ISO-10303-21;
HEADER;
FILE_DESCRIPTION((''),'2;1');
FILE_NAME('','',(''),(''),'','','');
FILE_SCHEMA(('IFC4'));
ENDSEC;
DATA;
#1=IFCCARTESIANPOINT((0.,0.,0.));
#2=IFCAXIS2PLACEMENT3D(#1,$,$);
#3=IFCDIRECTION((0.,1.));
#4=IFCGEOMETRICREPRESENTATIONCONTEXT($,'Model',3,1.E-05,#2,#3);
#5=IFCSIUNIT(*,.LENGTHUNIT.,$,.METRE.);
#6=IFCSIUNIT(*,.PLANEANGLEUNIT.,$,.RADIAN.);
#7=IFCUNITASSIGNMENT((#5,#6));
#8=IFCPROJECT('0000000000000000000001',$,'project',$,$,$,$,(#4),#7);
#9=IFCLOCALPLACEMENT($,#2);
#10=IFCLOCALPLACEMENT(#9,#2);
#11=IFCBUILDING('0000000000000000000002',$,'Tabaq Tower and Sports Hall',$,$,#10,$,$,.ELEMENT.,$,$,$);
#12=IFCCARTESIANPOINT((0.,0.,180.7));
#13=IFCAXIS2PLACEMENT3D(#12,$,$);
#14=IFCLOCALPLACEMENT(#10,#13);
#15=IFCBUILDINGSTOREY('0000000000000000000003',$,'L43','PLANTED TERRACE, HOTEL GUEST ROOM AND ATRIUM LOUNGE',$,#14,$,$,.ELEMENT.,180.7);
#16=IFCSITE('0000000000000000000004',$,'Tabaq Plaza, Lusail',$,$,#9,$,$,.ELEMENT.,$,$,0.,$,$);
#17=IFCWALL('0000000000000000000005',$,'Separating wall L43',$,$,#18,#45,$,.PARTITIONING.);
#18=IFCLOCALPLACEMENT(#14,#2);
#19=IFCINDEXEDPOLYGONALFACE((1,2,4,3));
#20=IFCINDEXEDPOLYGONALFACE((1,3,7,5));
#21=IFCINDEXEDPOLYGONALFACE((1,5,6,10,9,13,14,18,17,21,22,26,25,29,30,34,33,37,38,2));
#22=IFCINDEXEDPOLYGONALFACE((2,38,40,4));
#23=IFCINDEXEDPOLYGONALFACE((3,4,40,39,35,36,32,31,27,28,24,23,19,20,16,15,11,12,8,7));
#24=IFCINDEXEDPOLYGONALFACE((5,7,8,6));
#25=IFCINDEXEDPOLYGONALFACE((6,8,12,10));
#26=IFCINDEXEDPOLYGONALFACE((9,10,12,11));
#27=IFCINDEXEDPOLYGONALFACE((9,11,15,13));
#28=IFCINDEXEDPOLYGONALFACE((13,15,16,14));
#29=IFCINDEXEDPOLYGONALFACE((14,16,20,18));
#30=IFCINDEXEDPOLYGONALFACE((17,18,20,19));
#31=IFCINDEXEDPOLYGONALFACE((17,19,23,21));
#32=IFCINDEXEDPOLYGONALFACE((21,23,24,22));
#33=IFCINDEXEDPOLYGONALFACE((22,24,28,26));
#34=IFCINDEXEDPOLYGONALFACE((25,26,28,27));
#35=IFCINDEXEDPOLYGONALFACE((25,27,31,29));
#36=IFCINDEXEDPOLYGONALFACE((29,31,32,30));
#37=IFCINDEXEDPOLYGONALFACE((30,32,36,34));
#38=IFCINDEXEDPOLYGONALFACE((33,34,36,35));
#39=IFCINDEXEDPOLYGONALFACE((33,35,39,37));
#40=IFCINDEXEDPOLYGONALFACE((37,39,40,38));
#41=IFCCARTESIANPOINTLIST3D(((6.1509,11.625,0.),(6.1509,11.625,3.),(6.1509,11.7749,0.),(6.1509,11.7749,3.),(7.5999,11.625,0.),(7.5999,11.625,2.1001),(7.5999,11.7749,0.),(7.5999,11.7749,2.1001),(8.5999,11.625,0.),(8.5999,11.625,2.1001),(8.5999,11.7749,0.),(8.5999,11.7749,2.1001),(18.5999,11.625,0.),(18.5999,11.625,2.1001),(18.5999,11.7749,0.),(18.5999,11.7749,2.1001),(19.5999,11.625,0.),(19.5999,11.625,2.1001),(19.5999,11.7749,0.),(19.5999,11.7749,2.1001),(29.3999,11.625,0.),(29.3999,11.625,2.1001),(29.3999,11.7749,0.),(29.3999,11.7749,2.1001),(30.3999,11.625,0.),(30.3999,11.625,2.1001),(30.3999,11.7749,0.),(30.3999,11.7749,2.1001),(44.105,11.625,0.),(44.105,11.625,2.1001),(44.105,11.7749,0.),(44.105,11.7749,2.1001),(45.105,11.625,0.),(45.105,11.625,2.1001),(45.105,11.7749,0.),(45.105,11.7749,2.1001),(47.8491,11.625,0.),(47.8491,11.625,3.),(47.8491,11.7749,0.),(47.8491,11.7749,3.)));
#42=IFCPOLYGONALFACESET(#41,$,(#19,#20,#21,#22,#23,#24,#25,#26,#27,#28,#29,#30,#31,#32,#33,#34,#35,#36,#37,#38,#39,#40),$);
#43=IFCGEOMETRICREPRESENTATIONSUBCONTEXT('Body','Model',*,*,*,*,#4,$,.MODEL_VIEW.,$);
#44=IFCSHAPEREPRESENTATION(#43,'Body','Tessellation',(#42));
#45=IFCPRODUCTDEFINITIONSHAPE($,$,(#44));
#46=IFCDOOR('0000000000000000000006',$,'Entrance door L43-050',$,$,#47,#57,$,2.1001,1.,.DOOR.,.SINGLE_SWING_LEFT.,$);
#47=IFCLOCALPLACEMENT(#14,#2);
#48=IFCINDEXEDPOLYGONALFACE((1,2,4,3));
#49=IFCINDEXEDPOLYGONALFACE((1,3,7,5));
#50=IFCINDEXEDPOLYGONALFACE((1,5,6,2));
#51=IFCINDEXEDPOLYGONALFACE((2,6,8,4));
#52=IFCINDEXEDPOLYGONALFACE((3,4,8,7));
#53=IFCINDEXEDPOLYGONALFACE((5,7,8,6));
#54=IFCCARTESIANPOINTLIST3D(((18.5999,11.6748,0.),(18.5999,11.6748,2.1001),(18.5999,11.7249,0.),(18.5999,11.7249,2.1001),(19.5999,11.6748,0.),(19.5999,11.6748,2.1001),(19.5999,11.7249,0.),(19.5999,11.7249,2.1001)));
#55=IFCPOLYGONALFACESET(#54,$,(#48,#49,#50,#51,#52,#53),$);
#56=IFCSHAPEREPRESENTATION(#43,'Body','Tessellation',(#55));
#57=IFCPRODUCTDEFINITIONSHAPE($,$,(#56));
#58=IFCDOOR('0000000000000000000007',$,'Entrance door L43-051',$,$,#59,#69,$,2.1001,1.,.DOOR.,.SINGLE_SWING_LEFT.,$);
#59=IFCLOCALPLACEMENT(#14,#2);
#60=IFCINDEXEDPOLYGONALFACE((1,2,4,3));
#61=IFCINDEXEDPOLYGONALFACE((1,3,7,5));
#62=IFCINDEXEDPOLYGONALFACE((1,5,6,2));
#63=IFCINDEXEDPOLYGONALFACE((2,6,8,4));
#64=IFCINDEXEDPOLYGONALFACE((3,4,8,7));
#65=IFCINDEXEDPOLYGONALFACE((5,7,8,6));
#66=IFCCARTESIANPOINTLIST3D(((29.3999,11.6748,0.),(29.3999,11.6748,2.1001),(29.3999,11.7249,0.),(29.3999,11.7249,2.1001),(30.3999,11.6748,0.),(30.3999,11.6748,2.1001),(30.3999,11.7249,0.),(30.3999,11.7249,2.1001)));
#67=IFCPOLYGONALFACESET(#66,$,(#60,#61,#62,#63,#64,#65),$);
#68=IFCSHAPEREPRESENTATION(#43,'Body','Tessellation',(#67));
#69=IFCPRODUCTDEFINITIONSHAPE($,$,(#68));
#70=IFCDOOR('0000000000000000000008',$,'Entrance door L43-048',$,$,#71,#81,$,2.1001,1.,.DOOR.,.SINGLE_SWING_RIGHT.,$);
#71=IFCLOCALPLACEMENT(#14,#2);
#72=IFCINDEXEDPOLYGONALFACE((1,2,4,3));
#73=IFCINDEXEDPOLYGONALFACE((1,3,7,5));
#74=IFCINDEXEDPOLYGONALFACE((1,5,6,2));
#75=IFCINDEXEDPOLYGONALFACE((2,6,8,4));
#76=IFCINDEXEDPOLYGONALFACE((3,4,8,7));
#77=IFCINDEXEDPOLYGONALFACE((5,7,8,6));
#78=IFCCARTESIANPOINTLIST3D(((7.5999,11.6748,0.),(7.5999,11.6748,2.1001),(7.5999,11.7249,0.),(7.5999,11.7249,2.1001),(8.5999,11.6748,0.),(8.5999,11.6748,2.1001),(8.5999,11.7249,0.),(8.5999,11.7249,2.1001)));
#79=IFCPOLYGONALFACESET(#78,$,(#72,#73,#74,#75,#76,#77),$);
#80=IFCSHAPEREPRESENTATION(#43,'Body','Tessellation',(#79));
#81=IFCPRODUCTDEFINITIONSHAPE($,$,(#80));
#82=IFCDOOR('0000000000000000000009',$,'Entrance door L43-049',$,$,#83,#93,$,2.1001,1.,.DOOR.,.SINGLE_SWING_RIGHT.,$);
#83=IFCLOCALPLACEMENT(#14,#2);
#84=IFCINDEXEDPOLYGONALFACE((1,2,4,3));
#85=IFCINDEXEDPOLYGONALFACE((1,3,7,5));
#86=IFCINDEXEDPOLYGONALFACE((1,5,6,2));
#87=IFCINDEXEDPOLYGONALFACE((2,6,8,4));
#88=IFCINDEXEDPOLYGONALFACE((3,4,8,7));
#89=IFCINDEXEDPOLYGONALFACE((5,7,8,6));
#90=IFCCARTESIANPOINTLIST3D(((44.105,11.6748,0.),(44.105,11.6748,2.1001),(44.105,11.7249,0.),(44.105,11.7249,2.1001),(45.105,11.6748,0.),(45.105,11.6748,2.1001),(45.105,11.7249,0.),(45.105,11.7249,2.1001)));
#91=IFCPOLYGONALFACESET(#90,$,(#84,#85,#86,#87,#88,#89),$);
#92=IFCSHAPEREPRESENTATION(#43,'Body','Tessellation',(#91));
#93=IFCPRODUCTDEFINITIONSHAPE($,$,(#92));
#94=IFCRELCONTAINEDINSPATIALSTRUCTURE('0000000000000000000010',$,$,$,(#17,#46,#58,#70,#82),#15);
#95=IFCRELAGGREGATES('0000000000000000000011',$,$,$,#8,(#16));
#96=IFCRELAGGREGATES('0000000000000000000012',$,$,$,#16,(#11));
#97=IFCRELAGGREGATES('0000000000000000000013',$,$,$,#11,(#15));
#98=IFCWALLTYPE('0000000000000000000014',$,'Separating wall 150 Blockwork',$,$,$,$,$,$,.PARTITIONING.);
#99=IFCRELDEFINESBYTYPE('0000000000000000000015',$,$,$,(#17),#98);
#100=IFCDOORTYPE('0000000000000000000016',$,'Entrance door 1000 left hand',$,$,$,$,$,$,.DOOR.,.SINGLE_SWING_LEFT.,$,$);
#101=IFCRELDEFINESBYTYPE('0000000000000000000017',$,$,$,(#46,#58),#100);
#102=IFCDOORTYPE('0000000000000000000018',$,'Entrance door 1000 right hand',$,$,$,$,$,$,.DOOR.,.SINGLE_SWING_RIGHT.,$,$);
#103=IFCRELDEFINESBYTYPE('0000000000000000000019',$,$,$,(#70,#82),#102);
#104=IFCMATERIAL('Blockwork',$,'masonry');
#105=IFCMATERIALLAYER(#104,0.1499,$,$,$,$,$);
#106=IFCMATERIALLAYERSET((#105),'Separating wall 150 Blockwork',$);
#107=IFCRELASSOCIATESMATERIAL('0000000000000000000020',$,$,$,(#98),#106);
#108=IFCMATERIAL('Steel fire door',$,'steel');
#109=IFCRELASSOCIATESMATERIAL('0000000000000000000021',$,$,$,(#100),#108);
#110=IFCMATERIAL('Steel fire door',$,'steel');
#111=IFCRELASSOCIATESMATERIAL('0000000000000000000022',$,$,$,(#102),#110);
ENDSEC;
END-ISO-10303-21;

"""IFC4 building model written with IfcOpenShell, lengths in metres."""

from ifc_helpers import new_model, si_unit, direction, frame, frame_2d, origin, place, context, subcontext, project, spatial, rectangle, extrude, material, layer, layer_set, type_object, element, fill, save


model = new_model("IFC4")

# Units and contexts
model_context = context("Model", 3, precision=1e-05, world=origin(), true_north=direction((0.0, 1.0)))
body_context = subcontext(model_context, "Body", "Model", "MODEL_VIEW")
ifc_project = project(units=[si_unit("LENGTHUNIT", "METRE"), si_unit("PLANEANGLEUNIT", "RADIAN")], contexts=[model_context])

# Site, building, storey
site_placement = place(None, origin())
site = spatial("IfcSite", under=ifc_project, at=site_placement, Name="Tabaq Plaza, Lusail", CompositionType="ELEMENT", RefElevation=0.0)
building_placement = place(site_placement, origin())
building = spatial("IfcBuilding", under=site, at=building_placement, Name="Tabaq Tower and Sports Hall", CompositionType="ELEMENT")
storey_placement = place(building_placement, frame((0.0, 0.0, 180.7)))
storey = spatial("IfcBuildingStorey", under=building, at=storey_placement, Name="L43", Description="PLANTED TERRACE, HOTEL GUEST ROOM AND ATRIUM LOUNGE", CompositionType="ELEMENT", Elevation=180.7)

# Wall, openings, doors
ifc_material_1 = material(Name="Blockwork", Category="masonry")
ifc_layer_1 = layer(ifc_material_1, 0.1499)
ifc_layer_set_1 = layer_set([ifc_layer_1], Name="Separating wall 150 Blockwork")
wall_type_1 = type_object("IfcWallType", Name="Separating wall 150 Blockwork", PredefinedType="PARTITIONING", material=ifc_layer_set_1)
wall_1_placement = place(storey_placement, frame((6.1509, 11.7, 0.0), z_axis=(0.0, 0.0, 1.0), x_axis=(1.0, 0.0, 0.0)))
wall_1 = element("IfcWall", 1, at=wall_1_placement, inside=storey, type_object=wall_type_1, Name="Separating wall L43", PredefinedType="PARTITIONING", context=body_context, shape_type="SweptSolid", body=[
    extrude(rectangle(XDim=41.6982, YDim=0.1499, at=frame_2d((20.8491, 0.0))), origin(), (0.0, 0.0, 1.0), 3.0),
])
opening_1_placement = place(wall_1_placement, frame((1.449, 0.0, 0.0)))
opening_1 = element("IfcOpeningElement", 2, at=opening_1_placement, cuts=wall_1, PredefinedType="OPENING", context=body_context, shape_type="SweptSolid", body=[
    extrude(rectangle(XDim=1.0, YDim=2.1001, at=frame_2d((0.5, 1.05))), frame((0.0, 0.075, 0.0), z_axis=(0.0, -1.0, 0.0), x_axis=(1.0, 0.0, 0.0)), (0.0, 0.0, 1.0), 0.1499),
])
opening_2_placement = place(wall_1_placement, frame((37.9541, 0.0, 0.0)))
opening_2 = element("IfcOpeningElement", 3, at=opening_2_placement, cuts=wall_1, PredefinedType="OPENING", context=body_context, shape_type="SweptSolid", body=[
    extrude(rectangle(XDim=1.0, YDim=2.1001, at=frame_2d((0.5, 1.05))), frame((0.0, 0.075, 0.0), z_axis=(0.0, -1.0, 0.0), x_axis=(1.0, 0.0, 0.0)), (0.0, 0.0, 1.0), 0.1499),
])
opening_3_placement = place(wall_1_placement, frame((12.449, 0.0, 0.0)))
opening_3 = element("IfcOpeningElement", 4, at=opening_3_placement, cuts=wall_1, PredefinedType="OPENING", context=body_context, shape_type="SweptSolid", body=[
    extrude(rectangle(XDim=1.0, YDim=2.1001, at=frame_2d((0.5, 1.05))), frame((0.0, 0.075, 0.0), z_axis=(0.0, -1.0, 0.0), x_axis=(1.0, 0.0, 0.0)), (0.0, 0.0, 1.0), 0.1499),
])
opening_4_placement = place(wall_1_placement, frame((23.249, 0.0, 0.0)))
opening_4 = element("IfcOpeningElement", 5, at=opening_4_placement, cuts=wall_1, PredefinedType="OPENING", context=body_context, shape_type="SweptSolid", body=[
    extrude(rectangle(XDim=1.0, YDim=2.1001, at=frame_2d((0.5, 1.05))), frame((0.0, 0.075, 0.0), z_axis=(0.0, -1.0, 0.0), x_axis=(1.0, 0.0, 0.0)), (0.0, 0.0, 1.0), 0.1499),
])
ifc_material_2 = material(Name="Steel fire door", Category="steel")
door_type_1 = type_object("IfcDoorType", Name="Entrance door 1000 left hand", OperationType="SINGLE_SWING_LEFT", PredefinedType="DOOR", material=ifc_material_2)
door_1_placement = place(opening_3_placement, origin())
door_1 = element("IfcDoor", 6, at=door_1_placement, inside=storey, type_object=door_type_1, Name="Entrance door L43-050", OperationType="SINGLE_SWING_LEFT", OverallHeight=2.1001, OverallWidth=1.0, PredefinedType="DOOR", context=body_context, shape_type="SweptSolid", body=[
    extrude(rectangle(XDim=1.0, YDim=2.1001, at=frame_2d((0.5, 1.05))), frame((0.0, 0.0249, 0.0), z_axis=(0.0, -1.0, 0.0), x_axis=(1.0, 0.0, 0.0)), (0.0, 0.0, 1.0), 0.05),
])
fill(opening_3, door_1)
door_2_placement = place(opening_4_placement, origin())
door_2 = element("IfcDoor", 7, at=door_2_placement, inside=storey, type_object=door_type_1, Name="Entrance door L43-051", OperationType="SINGLE_SWING_LEFT", OverallHeight=2.1001, OverallWidth=1.0, PredefinedType="DOOR", context=body_context, shape_type="SweptSolid", body=[
    extrude(rectangle(XDim=1.0, YDim=2.1001, at=frame_2d((0.5, 1.05))), frame((0.0, 0.0249, 0.0), z_axis=(0.0, -1.0, 0.0), x_axis=(1.0, 0.0, 0.0)), (0.0, 0.0, 1.0), 0.05),
])
fill(opening_4, door_2)
ifc_material_3 = material(Name="Steel fire door", Category="steel")
door_type_2 = type_object("IfcDoorType", Name="Entrance door 1000 right hand", OperationType="SINGLE_SWING_RIGHT", PredefinedType="DOOR", material=ifc_material_3)
door_3_placement = place(opening_1_placement, origin())
door_3 = element("IfcDoor", 8, at=door_3_placement, inside=storey, type_object=door_type_2, Name="Entrance door L43-048", OperationType="SINGLE_SWING_RIGHT", OverallHeight=2.1001, OverallWidth=1.0, PredefinedType="DOOR", context=body_context, shape_type="SweptSolid", body=[
    extrude(rectangle(XDim=1.0, YDim=2.1001, at=frame_2d((0.5, 1.05))), frame((0.0, 0.0249, 0.0), z_axis=(0.0, -1.0, 0.0), x_axis=(1.0, 0.0, 0.0)), (0.0, 0.0, 1.0), 0.05),
])
fill(opening_1, door_3)
door_4_placement = place(opening_2_placement, origin())
door_4 = element("IfcDoor", 9, at=door_4_placement, inside=storey, type_object=door_type_2, Name="Entrance door L43-049", OperationType="SINGLE_SWING_RIGHT", OverallHeight=2.1001, OverallWidth=1.0, PredefinedType="DOOR", context=body_context, shape_type="SweptSolid", body=[
    extrude(rectangle(XDim=1.0, YDim=2.1001, at=frame_2d((0.5, 1.05))), frame((0.0, 0.0249, 0.0), z_axis=(0.0, -1.0, 0.0), x_axis=(1.0, 0.0, 0.0)), (0.0, 0.0, 1.0), 0.05),
])
fill(opening_2, door_4)

save(model, "model.ifc")
